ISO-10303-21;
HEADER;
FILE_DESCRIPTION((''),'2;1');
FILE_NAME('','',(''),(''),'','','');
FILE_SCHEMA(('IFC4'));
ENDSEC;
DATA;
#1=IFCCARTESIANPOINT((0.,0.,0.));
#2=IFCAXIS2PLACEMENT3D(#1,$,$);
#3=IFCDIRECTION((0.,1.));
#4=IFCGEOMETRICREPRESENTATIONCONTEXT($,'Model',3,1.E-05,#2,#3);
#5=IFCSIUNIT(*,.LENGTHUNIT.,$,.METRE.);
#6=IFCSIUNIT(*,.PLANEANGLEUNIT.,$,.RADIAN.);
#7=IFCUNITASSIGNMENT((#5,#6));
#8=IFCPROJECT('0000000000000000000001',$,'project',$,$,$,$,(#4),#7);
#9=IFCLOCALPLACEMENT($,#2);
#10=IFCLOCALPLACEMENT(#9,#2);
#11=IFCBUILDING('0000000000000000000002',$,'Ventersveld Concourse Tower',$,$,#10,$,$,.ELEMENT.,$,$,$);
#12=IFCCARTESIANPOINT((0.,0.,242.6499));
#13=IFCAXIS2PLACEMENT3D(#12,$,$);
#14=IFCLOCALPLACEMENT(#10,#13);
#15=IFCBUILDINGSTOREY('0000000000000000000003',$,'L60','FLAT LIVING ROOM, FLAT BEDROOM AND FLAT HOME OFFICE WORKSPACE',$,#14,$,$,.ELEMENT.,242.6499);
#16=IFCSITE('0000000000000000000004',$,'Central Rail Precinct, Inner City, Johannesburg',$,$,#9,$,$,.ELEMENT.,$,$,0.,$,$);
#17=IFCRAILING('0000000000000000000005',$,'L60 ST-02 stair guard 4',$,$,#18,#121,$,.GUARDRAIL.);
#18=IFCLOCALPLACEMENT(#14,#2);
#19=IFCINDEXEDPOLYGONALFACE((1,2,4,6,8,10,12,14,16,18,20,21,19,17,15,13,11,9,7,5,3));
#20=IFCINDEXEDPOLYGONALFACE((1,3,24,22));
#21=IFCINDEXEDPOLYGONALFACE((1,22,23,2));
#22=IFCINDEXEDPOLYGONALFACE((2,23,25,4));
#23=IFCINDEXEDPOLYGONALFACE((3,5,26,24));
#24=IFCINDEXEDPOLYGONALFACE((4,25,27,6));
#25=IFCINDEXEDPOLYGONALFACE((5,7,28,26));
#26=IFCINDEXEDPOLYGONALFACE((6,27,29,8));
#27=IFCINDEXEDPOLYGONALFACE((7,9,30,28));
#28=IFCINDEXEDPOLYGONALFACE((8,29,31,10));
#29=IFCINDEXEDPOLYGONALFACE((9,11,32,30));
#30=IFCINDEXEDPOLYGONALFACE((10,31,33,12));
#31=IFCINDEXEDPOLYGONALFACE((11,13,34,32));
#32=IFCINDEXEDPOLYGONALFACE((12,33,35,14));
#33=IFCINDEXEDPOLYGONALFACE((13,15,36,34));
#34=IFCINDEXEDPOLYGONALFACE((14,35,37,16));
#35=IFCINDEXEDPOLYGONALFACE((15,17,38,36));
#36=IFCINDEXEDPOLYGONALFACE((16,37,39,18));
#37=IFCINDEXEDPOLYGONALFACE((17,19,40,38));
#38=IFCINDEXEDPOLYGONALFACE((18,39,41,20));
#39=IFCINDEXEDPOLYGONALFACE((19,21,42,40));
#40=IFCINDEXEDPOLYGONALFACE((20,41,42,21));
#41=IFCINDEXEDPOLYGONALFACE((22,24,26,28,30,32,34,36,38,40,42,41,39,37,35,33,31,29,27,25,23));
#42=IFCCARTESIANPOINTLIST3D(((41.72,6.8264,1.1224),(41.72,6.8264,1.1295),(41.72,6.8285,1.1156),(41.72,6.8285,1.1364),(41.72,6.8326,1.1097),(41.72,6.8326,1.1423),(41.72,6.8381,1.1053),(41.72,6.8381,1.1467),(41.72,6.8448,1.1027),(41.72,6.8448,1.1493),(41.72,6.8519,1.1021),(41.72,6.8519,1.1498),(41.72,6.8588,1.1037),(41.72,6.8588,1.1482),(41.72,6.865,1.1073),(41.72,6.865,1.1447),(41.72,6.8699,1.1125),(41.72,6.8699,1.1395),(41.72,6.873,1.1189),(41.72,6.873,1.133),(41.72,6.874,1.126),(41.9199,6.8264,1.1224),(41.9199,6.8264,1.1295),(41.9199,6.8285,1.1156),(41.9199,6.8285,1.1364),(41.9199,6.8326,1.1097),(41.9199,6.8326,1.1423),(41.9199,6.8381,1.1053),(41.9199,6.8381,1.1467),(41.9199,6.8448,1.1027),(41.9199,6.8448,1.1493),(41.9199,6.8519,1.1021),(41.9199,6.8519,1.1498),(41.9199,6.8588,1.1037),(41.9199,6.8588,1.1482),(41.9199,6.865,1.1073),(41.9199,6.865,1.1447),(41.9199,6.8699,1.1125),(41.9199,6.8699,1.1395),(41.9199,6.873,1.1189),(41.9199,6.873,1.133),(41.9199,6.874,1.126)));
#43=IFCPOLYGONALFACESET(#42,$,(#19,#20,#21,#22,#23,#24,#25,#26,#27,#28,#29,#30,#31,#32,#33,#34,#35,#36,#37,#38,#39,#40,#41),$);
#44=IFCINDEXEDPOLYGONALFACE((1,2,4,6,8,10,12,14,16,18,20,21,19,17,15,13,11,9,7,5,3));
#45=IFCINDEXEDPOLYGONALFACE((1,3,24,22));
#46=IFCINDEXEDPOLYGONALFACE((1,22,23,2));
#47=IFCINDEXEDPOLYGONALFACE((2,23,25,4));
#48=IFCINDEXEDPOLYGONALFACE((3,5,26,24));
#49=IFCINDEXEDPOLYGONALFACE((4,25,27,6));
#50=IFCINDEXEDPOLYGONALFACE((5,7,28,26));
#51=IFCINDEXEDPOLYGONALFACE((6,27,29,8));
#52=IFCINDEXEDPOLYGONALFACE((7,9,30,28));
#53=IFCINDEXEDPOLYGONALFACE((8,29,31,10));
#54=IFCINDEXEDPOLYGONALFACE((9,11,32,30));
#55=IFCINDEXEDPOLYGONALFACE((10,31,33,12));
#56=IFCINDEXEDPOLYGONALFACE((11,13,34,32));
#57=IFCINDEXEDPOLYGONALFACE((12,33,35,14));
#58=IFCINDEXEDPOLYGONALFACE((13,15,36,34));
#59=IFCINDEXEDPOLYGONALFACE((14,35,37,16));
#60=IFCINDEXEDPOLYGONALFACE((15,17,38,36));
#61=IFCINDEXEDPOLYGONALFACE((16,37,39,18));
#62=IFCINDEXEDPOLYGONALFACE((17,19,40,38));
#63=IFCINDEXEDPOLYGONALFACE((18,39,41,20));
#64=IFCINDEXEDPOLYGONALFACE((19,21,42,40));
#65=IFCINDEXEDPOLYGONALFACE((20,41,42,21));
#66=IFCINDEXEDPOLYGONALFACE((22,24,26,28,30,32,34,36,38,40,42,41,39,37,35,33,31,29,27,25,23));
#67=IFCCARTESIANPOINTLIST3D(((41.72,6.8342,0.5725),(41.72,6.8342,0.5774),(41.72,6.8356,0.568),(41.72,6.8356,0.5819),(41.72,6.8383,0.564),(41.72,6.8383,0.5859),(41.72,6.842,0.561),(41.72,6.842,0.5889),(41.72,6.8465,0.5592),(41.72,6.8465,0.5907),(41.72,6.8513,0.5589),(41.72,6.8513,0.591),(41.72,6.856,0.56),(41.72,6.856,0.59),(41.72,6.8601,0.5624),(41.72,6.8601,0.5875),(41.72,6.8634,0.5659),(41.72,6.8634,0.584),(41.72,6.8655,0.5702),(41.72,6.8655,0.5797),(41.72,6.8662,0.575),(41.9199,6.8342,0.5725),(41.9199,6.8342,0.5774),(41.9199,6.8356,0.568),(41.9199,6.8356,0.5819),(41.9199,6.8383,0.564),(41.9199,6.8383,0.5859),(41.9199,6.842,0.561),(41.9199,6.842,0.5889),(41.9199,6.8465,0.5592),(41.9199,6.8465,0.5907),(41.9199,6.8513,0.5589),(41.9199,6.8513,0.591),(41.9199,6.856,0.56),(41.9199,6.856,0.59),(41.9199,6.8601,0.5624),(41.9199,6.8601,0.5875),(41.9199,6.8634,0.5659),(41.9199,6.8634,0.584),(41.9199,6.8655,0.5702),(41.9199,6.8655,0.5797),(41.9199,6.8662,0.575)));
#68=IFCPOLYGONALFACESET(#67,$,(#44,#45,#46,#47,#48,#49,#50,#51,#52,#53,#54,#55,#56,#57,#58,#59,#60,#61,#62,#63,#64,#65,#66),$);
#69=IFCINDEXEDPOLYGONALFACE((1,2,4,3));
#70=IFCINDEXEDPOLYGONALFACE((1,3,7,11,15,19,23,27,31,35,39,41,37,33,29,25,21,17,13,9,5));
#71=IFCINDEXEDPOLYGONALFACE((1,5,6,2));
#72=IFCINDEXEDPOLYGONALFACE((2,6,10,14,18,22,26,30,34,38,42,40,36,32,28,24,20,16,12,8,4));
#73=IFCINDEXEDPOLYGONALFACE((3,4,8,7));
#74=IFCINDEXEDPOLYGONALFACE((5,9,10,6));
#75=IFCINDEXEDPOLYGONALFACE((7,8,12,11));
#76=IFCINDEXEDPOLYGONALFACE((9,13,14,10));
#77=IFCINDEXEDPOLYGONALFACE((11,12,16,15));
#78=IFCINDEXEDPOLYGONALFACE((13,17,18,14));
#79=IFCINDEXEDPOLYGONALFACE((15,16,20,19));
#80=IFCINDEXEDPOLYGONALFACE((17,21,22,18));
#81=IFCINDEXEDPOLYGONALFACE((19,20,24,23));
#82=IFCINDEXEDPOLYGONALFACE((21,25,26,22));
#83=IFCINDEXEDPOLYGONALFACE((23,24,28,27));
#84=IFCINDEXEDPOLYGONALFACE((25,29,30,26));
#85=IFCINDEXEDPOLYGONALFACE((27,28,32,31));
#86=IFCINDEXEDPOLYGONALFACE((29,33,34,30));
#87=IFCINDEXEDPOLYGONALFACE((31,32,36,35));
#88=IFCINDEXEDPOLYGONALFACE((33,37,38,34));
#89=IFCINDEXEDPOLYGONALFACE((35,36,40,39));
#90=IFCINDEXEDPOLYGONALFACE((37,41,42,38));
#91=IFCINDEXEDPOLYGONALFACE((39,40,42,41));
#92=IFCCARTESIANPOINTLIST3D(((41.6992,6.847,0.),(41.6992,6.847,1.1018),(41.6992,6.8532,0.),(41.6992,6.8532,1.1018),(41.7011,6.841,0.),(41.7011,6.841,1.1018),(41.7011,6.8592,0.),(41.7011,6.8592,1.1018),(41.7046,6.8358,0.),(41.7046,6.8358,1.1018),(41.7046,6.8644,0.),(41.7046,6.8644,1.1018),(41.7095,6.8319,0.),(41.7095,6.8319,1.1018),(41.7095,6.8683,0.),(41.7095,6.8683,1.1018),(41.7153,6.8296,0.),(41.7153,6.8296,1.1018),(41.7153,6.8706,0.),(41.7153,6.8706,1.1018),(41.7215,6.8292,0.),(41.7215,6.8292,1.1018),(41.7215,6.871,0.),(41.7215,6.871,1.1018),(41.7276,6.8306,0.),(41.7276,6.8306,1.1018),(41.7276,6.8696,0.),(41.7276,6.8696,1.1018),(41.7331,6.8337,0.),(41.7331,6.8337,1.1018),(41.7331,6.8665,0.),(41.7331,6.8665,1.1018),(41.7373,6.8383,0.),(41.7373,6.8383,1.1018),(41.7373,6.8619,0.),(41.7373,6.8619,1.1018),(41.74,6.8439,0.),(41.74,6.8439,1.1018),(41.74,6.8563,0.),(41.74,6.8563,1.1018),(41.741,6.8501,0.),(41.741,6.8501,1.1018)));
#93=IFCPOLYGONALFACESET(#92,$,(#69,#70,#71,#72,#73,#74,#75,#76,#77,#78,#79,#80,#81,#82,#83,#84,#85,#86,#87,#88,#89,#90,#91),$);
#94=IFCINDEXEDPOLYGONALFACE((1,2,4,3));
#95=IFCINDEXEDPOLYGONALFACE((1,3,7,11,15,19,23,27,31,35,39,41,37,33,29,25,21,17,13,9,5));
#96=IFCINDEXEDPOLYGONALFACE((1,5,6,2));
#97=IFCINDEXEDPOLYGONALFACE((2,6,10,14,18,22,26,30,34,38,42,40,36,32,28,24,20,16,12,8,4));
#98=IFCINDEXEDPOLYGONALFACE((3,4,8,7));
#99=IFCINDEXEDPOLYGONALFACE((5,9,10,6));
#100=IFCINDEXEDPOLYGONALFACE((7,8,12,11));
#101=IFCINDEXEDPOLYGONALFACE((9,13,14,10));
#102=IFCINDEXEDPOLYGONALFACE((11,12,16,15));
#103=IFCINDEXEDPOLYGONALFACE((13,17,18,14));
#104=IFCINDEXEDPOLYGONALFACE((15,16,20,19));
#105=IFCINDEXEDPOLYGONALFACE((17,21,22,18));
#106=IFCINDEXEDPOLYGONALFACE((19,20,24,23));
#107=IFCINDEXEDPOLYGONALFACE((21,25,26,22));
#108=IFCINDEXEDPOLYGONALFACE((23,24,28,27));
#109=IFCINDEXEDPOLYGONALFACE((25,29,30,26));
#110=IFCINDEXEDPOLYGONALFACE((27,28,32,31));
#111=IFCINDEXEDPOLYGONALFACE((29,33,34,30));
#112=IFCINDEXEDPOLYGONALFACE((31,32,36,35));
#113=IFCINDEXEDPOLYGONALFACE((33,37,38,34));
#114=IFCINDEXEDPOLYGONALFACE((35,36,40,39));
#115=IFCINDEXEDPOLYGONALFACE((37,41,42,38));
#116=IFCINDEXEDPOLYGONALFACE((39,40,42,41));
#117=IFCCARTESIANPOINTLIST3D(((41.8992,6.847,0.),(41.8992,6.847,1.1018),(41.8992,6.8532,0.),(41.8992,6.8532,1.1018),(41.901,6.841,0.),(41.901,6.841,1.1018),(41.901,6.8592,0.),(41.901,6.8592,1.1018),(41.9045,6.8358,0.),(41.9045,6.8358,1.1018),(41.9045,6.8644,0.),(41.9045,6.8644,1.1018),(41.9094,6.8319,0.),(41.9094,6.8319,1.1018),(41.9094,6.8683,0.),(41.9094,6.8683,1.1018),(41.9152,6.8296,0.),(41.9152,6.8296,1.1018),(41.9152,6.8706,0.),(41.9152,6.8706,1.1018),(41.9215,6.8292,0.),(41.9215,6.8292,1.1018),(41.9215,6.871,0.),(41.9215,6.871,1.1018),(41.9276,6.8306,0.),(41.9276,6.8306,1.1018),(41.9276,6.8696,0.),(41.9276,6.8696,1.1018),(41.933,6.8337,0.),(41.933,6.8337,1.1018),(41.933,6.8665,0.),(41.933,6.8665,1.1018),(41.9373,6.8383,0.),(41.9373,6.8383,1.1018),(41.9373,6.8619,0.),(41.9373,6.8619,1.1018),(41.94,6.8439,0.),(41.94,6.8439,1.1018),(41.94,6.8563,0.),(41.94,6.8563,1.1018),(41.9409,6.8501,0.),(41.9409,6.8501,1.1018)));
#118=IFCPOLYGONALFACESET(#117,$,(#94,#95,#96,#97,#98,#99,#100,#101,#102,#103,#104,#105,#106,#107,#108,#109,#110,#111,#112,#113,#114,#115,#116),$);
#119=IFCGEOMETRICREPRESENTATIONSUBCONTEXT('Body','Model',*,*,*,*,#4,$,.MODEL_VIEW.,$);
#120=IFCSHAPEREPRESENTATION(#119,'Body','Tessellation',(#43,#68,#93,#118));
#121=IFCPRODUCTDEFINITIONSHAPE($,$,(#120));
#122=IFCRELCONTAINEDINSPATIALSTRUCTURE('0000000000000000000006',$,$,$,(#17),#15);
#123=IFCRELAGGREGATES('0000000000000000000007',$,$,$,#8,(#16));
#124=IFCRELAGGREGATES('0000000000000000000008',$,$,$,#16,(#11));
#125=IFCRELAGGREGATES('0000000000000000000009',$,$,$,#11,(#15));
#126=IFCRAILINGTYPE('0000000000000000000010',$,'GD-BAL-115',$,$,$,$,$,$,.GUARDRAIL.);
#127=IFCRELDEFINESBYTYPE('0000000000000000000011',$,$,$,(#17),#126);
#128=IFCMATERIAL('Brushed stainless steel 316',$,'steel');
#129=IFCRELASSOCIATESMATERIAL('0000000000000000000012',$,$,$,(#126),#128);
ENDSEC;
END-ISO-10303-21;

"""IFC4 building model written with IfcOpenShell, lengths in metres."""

from ifc_helpers import new_model, si_unit, direction, frame, origin, origin_2d, place, context, subcontext, project, spatial, circle, extrude, material, type_object, element, save


model = new_model("IFC4")

# Units and contexts
model_context = context("Model", 3, precision=1e-05, world=origin(), true_north=direction((0.0, 1.0)))
body_context = subcontext(model_context, "Body", "Model", "MODEL_VIEW")
ifc_project = project(units=[si_unit("LENGTHUNIT", "METRE"), si_unit("PLANEANGLEUNIT", "RADIAN")], contexts=[model_context])

# Site, building, storey
site_placement = place(None, origin())
site = spatial("IfcSite", under=ifc_project, at=site_placement, Name="Central Rail Precinct, Inner City, Johannesburg", CompositionType="ELEMENT", RefElevation=0.0)
building_placement = place(site_placement, origin())
building = spatial("IfcBuilding", under=site, at=building_placement, Name="Ventersveld Concourse Tower", CompositionType="ELEMENT")
storey_placement = place(building_placement, frame((0.0, 0.0, 242.6499)))
storey = spatial("IfcBuildingStorey", under=building, at=storey_placement, Name="L60", Description="FLAT LIVING ROOM, FLAT BEDROOM AND FLAT HOME OFFICE WORKSPACE", CompositionType="ELEMENT", Elevation=242.6499)

# Railing
ifc_material_1 = material(Name="Brushed stainless steel 316", Category="steel")
railing_type_1 = type_object("IfcRailingType", Name="GD-BAL-115", PredefinedType="GUARDRAIL", material=ifc_material_1)
railing_1_placement = place(storey_placement, frame((41.72, 6.8501, 0.0)))
element("IfcRailing", 1, at=railing_1_placement, inside=storey, type_object=railing_type_1, Name="L60 ST-02 stair guard 4", PredefinedType="GUARDRAIL", context=body_context, shape_type="SweptSolid", body=[
    extrude(circle(Radius=0.0239, at=origin_2d()), frame((0.0, 0.0, 1.126), z_axis=(1.0, 0.0, 0.0), x_axis=(0.0, 1.0, 0.0)), (0.0, 0.0, 1.0), 0.2),
    extrude(circle(Radius=0.0161, at=origin_2d()), frame((0.0, 0.0, 0.575), z_axis=(1.0, 0.0, 0.0), x_axis=(0.0, 1.0, 0.0)), (0.0, 0.0, 1.0), 0.2),
    extrude(circle(Radius=0.021, at=origin_2d()), origin(), (0.0, 0.0, 1.0), 1.1018),
    extrude(circle(Radius=0.021, at=origin_2d()), frame((0.2, 0.0, 0.0)), (0.0, 0.0, 1.0), 1.1018),
])

save(model, "model.ifc")
